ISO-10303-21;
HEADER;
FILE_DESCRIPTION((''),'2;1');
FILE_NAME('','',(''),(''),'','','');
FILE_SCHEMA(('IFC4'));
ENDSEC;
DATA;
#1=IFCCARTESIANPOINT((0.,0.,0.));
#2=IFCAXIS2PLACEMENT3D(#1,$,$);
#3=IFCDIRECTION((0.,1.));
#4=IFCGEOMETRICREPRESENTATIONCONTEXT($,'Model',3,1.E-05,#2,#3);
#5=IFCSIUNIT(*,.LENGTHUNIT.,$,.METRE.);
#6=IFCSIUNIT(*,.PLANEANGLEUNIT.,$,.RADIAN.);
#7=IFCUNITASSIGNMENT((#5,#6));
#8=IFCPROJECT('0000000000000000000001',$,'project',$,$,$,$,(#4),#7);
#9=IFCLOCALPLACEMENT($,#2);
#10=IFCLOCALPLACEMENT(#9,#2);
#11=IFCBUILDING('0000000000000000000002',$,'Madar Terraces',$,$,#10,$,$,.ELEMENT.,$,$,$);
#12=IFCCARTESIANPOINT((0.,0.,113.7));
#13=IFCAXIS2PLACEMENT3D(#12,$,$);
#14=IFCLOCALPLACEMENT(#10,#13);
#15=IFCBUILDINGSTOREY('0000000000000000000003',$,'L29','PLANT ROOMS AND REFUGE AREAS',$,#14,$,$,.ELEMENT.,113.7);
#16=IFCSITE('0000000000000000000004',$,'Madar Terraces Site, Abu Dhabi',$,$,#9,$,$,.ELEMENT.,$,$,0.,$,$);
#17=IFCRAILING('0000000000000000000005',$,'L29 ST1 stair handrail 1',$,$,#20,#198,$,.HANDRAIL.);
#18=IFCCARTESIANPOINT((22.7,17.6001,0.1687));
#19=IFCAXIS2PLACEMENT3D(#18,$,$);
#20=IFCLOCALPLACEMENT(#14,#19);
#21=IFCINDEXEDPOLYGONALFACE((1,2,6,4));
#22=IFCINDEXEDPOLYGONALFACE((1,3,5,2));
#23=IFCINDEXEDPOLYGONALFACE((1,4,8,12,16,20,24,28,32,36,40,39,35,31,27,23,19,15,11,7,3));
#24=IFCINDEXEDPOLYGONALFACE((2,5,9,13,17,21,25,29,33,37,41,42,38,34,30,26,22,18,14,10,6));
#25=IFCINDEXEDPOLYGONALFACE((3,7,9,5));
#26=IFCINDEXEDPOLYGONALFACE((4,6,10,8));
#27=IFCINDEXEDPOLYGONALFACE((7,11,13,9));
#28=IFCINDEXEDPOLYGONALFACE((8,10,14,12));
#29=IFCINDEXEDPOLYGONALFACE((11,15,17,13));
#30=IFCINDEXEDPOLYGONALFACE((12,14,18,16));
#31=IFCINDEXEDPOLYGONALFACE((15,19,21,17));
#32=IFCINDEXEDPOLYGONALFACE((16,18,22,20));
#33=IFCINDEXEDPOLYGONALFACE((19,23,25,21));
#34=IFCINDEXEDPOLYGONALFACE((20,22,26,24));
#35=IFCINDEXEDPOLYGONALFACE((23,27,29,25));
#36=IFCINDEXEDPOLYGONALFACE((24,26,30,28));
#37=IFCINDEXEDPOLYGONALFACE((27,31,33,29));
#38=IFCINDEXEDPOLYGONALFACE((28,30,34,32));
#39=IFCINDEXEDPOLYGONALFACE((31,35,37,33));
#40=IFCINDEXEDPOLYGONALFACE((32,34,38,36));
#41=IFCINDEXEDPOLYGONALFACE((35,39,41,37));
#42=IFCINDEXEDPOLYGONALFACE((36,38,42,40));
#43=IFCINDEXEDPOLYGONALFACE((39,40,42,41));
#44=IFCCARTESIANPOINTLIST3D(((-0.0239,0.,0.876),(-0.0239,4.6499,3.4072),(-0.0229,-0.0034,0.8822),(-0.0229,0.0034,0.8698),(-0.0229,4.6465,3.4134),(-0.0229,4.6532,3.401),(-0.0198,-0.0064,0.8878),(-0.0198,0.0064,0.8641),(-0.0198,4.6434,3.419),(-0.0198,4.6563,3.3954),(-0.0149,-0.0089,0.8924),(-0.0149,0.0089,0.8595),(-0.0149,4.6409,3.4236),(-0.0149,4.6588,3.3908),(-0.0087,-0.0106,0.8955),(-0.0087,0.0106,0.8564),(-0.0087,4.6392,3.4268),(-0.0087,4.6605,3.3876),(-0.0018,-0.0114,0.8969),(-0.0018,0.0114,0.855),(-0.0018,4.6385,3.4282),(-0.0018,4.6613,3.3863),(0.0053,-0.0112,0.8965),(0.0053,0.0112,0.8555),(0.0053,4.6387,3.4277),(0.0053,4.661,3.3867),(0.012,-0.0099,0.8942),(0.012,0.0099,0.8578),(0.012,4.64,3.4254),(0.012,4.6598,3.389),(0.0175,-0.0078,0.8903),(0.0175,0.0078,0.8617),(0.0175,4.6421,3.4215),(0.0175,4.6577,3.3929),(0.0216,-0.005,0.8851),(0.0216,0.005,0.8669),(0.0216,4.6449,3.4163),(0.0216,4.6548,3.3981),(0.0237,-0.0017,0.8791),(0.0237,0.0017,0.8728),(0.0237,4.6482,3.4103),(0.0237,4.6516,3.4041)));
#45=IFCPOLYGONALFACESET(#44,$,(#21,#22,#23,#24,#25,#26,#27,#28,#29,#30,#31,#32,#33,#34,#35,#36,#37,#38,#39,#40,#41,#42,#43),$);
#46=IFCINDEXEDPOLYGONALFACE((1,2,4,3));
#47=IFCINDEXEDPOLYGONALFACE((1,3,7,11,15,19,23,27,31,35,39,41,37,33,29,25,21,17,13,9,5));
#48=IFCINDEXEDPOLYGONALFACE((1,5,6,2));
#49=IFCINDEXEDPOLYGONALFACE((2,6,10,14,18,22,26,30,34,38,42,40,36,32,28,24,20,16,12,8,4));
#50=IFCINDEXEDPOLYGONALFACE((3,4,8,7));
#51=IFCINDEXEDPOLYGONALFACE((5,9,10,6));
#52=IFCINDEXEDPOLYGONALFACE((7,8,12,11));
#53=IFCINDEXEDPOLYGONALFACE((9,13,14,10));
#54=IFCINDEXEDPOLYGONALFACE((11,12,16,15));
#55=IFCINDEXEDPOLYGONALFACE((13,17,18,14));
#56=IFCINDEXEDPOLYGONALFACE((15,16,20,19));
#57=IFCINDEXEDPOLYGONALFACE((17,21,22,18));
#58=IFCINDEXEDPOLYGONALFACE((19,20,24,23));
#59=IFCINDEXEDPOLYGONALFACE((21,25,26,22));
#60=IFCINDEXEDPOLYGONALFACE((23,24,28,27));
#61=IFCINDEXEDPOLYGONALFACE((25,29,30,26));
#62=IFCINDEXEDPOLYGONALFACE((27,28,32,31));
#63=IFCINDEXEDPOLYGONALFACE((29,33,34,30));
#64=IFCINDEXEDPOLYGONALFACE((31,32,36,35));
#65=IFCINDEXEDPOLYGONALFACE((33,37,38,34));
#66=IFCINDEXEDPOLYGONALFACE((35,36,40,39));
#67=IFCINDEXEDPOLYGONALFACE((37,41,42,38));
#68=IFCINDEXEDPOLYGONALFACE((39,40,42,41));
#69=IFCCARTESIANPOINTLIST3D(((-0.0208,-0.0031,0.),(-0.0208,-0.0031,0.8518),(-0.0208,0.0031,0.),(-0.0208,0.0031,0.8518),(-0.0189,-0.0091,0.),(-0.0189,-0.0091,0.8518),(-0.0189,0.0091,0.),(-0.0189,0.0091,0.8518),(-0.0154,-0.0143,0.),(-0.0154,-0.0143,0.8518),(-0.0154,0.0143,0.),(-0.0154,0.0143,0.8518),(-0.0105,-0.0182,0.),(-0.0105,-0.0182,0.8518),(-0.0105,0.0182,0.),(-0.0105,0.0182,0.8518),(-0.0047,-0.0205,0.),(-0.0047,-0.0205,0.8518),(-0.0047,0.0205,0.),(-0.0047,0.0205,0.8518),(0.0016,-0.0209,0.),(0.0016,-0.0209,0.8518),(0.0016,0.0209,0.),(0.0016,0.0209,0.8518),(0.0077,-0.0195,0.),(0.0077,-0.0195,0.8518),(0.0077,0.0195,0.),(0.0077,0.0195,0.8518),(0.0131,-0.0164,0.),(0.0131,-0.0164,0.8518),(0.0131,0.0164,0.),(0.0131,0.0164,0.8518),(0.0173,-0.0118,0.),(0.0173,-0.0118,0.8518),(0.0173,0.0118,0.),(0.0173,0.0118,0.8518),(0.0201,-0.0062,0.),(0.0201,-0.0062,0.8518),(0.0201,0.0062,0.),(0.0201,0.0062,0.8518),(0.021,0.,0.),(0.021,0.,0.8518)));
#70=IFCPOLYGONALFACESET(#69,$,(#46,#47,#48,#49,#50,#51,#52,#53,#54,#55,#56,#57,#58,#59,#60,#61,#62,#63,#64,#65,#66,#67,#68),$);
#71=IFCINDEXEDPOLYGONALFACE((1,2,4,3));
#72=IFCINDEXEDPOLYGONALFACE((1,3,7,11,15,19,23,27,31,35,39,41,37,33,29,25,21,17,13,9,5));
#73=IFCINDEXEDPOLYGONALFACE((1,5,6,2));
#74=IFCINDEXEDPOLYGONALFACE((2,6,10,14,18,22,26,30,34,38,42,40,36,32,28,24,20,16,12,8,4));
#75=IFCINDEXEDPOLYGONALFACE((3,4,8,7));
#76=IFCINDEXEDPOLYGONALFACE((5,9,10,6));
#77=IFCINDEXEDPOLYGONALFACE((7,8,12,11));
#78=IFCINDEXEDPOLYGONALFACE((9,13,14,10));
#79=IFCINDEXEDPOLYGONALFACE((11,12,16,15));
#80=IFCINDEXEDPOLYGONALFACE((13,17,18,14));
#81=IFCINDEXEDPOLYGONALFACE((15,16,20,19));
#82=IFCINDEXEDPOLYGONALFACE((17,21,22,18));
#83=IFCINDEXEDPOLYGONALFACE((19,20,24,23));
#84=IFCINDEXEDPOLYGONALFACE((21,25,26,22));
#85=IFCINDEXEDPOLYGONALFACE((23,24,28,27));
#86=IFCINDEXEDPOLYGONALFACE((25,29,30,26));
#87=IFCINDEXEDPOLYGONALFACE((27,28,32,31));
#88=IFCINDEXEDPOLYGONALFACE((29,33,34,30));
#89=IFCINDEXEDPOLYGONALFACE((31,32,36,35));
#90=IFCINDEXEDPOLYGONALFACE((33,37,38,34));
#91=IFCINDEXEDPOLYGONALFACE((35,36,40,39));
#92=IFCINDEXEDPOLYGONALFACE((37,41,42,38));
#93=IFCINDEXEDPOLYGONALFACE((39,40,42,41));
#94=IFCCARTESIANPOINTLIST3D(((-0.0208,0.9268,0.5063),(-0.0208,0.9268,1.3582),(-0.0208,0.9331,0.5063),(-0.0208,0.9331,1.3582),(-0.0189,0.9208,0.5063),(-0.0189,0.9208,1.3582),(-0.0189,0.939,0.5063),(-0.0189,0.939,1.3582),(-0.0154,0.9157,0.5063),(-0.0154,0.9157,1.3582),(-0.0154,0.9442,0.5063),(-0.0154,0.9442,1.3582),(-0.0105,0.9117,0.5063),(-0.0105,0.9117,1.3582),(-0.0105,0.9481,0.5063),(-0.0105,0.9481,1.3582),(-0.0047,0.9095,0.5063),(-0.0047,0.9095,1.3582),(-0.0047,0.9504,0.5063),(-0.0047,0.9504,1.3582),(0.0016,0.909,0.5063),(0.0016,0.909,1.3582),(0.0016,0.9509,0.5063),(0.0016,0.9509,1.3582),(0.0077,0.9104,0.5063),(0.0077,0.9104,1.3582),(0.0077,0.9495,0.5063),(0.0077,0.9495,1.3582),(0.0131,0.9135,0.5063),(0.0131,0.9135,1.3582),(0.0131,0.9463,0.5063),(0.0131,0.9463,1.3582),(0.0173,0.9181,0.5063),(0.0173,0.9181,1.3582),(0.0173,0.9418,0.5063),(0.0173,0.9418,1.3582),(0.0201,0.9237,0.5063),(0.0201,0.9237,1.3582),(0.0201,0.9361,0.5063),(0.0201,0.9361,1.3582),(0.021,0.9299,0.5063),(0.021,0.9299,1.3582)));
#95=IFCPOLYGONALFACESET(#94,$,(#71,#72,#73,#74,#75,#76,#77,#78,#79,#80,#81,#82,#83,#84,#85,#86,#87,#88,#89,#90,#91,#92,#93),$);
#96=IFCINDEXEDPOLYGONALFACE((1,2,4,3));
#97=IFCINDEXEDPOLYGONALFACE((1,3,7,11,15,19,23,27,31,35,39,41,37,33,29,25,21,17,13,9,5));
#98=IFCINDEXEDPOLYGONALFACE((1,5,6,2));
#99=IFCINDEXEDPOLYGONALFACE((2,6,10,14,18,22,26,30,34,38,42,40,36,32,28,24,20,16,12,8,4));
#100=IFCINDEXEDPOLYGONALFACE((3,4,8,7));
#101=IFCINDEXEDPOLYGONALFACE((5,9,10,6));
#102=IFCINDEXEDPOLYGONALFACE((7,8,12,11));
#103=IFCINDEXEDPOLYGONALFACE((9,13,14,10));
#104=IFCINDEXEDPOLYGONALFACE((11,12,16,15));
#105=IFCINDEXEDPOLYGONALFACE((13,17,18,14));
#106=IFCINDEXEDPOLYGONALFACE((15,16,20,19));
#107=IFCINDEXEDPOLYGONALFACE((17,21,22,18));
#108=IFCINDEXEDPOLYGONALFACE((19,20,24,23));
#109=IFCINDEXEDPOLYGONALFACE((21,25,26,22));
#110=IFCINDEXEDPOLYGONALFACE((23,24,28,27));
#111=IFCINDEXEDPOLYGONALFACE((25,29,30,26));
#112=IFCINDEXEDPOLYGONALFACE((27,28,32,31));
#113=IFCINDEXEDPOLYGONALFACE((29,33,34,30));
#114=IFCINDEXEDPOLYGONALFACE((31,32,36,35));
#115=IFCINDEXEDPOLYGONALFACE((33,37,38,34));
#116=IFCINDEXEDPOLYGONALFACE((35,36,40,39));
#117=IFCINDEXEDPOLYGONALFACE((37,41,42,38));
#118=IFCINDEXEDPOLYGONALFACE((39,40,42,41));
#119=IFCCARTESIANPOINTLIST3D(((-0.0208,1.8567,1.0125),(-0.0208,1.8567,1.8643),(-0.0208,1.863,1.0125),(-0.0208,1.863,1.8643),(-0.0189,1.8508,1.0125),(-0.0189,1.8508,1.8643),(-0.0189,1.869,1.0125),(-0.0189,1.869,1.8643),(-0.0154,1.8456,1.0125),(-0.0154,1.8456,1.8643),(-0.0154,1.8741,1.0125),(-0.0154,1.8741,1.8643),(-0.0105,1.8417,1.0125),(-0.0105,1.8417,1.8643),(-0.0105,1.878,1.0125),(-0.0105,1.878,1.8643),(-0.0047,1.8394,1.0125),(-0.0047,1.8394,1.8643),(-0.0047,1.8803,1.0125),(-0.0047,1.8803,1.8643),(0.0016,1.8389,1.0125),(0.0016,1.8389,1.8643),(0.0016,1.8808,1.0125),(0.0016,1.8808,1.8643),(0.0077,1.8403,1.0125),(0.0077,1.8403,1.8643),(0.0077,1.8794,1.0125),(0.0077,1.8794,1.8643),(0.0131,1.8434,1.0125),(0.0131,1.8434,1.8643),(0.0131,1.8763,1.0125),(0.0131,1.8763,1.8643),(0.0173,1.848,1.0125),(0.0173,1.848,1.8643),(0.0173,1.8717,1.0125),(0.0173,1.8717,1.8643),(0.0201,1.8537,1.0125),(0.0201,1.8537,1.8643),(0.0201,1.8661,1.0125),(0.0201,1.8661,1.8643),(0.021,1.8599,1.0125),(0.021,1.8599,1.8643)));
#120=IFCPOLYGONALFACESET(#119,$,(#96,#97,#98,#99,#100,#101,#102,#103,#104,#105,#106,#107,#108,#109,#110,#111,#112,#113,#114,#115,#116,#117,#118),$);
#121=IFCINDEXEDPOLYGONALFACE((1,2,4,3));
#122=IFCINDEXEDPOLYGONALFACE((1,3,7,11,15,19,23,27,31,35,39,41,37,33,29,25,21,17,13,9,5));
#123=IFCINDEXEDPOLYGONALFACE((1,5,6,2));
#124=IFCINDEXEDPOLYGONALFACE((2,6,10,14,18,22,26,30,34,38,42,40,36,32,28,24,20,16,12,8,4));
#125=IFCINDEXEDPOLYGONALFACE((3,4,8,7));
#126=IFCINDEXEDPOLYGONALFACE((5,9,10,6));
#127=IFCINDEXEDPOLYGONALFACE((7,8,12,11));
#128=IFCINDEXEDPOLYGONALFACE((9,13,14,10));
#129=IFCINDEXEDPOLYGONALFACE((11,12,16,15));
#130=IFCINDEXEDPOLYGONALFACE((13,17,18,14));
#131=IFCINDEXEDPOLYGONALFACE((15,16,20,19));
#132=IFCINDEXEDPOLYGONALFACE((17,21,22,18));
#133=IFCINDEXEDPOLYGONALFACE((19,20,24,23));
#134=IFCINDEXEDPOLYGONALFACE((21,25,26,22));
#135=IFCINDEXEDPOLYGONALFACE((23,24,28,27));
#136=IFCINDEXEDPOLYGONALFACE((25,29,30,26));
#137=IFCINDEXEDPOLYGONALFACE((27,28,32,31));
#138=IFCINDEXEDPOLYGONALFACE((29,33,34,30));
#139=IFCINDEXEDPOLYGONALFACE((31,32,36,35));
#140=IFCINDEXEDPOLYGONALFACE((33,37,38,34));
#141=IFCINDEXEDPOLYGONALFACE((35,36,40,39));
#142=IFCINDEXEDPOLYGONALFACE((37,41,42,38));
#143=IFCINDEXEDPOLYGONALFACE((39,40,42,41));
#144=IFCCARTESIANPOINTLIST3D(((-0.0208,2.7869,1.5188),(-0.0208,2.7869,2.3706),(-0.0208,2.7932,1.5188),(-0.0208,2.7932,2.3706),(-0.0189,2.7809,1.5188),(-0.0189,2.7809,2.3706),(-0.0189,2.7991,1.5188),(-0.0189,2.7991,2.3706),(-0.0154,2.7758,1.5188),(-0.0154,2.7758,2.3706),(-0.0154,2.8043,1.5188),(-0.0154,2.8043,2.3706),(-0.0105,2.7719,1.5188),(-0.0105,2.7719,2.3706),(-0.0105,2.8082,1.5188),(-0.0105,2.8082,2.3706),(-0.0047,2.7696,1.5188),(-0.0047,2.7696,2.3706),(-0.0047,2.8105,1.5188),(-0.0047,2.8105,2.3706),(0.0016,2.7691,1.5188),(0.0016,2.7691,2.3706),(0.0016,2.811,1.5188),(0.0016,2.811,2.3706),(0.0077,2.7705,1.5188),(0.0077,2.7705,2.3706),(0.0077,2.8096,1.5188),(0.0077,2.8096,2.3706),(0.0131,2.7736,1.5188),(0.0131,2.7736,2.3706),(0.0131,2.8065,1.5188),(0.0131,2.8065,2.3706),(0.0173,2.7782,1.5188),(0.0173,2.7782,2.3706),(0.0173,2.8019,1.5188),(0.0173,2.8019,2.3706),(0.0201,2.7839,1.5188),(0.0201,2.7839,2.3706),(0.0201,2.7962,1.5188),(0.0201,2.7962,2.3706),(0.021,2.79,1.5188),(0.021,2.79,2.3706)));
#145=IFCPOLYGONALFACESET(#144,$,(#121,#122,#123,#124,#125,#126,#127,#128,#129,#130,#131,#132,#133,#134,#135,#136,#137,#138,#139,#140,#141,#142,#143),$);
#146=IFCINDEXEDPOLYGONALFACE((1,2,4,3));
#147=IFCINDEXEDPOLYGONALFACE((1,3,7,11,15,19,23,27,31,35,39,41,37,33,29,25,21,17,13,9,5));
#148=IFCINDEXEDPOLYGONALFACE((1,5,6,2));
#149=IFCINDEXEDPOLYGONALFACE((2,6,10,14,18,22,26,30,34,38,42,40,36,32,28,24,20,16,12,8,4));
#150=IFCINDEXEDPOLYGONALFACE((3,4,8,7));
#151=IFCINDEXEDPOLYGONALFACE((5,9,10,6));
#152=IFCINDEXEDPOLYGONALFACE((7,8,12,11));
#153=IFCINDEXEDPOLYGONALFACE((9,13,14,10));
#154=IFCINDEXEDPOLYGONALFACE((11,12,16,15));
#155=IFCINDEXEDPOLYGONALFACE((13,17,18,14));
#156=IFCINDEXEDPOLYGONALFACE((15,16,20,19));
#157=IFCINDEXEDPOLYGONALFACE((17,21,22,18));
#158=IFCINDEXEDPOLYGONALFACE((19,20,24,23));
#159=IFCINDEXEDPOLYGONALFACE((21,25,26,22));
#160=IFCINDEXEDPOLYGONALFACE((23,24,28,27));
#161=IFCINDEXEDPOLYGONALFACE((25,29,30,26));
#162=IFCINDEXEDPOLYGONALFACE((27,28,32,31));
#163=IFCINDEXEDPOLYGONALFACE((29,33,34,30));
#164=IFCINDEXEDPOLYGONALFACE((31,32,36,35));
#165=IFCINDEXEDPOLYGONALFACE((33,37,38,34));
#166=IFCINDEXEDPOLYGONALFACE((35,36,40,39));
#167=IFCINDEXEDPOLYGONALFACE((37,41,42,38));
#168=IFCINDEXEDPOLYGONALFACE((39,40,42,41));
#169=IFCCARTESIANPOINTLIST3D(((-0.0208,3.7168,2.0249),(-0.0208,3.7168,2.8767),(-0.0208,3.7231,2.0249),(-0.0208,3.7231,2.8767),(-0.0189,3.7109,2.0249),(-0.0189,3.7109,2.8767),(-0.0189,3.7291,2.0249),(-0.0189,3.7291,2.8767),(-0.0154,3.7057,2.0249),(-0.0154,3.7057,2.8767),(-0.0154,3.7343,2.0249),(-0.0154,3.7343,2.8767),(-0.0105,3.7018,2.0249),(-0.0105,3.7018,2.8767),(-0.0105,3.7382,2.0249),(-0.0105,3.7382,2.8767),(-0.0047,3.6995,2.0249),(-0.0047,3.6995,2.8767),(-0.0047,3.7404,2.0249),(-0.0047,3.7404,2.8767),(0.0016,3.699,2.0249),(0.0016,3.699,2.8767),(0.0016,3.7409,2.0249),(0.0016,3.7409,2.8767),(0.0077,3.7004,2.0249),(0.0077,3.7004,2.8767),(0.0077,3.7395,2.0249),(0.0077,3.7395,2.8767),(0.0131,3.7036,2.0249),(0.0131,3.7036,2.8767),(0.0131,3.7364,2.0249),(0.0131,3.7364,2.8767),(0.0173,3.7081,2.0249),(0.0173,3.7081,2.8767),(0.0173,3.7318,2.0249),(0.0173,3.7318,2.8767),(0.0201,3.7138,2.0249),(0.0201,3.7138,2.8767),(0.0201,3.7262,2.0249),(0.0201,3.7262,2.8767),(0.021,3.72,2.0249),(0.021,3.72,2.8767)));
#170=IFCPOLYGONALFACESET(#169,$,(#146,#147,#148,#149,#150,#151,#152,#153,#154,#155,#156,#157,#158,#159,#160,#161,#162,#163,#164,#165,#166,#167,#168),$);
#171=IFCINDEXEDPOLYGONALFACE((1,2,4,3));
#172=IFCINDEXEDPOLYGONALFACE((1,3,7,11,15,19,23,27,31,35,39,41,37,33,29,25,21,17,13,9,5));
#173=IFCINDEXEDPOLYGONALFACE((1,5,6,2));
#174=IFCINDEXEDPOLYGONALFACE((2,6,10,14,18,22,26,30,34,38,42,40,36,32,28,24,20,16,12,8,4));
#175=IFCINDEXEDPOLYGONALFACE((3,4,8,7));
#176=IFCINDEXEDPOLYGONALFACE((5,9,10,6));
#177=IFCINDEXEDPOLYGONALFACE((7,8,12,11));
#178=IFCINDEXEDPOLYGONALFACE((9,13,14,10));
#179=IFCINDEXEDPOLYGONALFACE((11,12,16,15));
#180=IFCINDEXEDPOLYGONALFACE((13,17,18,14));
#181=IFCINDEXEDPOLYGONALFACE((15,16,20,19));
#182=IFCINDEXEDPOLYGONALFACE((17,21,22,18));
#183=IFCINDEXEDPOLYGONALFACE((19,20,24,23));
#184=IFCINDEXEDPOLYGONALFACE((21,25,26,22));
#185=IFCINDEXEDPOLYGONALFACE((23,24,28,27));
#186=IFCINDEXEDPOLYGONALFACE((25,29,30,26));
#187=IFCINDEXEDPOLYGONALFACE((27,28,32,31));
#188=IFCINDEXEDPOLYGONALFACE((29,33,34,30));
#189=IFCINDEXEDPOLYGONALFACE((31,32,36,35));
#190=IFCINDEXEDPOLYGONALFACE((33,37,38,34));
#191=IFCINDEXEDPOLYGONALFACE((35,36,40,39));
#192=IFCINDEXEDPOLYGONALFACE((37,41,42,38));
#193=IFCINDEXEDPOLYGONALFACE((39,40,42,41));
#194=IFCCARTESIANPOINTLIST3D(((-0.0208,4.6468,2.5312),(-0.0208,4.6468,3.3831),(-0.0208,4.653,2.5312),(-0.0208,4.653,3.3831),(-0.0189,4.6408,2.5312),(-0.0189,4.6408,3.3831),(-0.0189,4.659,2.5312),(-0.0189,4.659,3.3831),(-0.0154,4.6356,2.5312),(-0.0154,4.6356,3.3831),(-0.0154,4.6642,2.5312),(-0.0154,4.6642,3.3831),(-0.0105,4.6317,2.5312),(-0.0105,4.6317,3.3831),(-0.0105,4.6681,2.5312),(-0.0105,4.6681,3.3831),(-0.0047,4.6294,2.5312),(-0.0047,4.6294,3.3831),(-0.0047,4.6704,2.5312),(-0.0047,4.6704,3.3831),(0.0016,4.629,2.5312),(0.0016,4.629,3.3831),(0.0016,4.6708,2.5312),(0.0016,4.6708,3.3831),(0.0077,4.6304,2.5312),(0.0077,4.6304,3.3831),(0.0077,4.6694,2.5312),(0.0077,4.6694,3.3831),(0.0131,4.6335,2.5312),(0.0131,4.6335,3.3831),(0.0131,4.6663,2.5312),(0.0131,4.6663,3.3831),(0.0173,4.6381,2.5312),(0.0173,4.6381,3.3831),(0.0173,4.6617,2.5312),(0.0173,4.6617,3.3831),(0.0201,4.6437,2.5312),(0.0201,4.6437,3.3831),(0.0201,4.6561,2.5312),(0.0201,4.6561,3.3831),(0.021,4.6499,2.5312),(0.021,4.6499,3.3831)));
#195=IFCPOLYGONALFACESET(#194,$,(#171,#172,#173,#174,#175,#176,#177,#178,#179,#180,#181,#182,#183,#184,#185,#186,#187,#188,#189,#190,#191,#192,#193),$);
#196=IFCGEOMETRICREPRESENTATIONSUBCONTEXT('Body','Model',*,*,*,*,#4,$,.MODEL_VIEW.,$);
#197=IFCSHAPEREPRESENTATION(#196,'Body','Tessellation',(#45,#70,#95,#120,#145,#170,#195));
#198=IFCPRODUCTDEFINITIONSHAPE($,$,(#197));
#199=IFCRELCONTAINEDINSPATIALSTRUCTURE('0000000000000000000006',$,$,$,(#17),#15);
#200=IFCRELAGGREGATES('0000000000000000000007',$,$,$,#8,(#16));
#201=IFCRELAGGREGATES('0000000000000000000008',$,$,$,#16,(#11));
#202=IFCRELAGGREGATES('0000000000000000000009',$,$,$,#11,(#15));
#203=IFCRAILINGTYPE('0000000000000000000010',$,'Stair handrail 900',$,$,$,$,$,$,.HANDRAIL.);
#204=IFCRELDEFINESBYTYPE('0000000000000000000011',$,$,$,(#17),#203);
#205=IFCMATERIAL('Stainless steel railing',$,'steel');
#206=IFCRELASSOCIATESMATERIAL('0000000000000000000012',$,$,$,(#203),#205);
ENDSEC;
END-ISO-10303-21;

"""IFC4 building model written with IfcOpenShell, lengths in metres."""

from ifc_helpers import new_model, si_unit, direction, frame, origin, origin_2d, place, context, subcontext, project, spatial, circle, extrude, material, type_object, element, save


model = new_model("IFC4")

# Units and contexts
model_context = context("Model", 3, precision=1e-05, world=origin(), true_north=direction((0.0, 1.0)))
body_context = subcontext(model_context, "Body", "Model", "MODEL_VIEW")
ifc_project = project(units=[si_unit("LENGTHUNIT", "METRE"), si_unit("PLANEANGLEUNIT", "RADIAN")], contexts=[model_context])

# Site, building, storey
site_placement = place(None, origin())
site = spatial("IfcSite", under=ifc_project, at=site_placement, Name="Madar Terraces Site, Abu Dhabi", CompositionType="ELEMENT", RefElevation=0.0)
building_placement = place(site_placement, origin())
building = spatial("IfcBuilding", under=site, at=building_placement, Name="Madar Terraces", CompositionType="ELEMENT")
storey_placement = place(building_placement, frame((0.0, 0.0, 113.7)))
storey = spatial("IfcBuildingStorey", under=building, at=storey_placement, Name="L29", Description="PLANT ROOMS AND REFUGE AREAS", CompositionType="ELEMENT", Elevation=113.7)

# Railing
ifc_material_1 = material(Name="Stainless steel railing", Category="steel")
railing_type_1 = type_object("IfcRailingType", Name="Stair handrail 900", PredefinedType="HANDRAIL", material=ifc_material_1)
railing_1_placement = place(storey_placement, frame((22.7, 17.6001, 0.1687)))
element("IfcRailing", 1, at=railing_1_placement, inside=storey, type_object=railing_type_1, Name="L29 ST1 stair handrail 1", PredefinedType="HANDRAIL", context=body_context, shape_type="SweptSolid", body=[
    extrude(circle(Radius=0.0239, at=origin_2d()), frame((0.0, 0.0, 0.876), z_axis=(0.0, 0.878297, 0.478115), x_axis=(-1.0, 0.0, 0.0)), (0.0, 0.0, 1.0), 5.2942),
    extrude(circle(Radius=0.021, at=origin_2d()), origin(), (0.0, 0.0, 1.0), 0.8518),
    extrude(circle(Radius=0.021, at=origin_2d()), frame((0.0, 0.9299, 0.5063)), (0.0, 0.0, 1.0), 0.8518),
    extrude(circle(Radius=0.021, at=origin_2d()), frame((0.0, 1.8599, 1.0125)), (0.0, 0.0, 1.0), 0.8518),
    extrude(circle(Radius=0.021, at=origin_2d()), frame((0.0, 2.79, 1.5188)), (0.0, 0.0, 1.0), 0.8518),
    extrude(circle(Radius=0.021, at=origin_2d()), frame((0.0, 3.72, 2.0249)), (0.0, 0.0, 1.0), 0.8518),
    extrude(circle(Radius=0.021, at=origin_2d()), frame((0.0, 4.6499, 2.5312)), (0.0, 0.0, 1.0), 0.8518),
])

save(model, "model.ifc")
